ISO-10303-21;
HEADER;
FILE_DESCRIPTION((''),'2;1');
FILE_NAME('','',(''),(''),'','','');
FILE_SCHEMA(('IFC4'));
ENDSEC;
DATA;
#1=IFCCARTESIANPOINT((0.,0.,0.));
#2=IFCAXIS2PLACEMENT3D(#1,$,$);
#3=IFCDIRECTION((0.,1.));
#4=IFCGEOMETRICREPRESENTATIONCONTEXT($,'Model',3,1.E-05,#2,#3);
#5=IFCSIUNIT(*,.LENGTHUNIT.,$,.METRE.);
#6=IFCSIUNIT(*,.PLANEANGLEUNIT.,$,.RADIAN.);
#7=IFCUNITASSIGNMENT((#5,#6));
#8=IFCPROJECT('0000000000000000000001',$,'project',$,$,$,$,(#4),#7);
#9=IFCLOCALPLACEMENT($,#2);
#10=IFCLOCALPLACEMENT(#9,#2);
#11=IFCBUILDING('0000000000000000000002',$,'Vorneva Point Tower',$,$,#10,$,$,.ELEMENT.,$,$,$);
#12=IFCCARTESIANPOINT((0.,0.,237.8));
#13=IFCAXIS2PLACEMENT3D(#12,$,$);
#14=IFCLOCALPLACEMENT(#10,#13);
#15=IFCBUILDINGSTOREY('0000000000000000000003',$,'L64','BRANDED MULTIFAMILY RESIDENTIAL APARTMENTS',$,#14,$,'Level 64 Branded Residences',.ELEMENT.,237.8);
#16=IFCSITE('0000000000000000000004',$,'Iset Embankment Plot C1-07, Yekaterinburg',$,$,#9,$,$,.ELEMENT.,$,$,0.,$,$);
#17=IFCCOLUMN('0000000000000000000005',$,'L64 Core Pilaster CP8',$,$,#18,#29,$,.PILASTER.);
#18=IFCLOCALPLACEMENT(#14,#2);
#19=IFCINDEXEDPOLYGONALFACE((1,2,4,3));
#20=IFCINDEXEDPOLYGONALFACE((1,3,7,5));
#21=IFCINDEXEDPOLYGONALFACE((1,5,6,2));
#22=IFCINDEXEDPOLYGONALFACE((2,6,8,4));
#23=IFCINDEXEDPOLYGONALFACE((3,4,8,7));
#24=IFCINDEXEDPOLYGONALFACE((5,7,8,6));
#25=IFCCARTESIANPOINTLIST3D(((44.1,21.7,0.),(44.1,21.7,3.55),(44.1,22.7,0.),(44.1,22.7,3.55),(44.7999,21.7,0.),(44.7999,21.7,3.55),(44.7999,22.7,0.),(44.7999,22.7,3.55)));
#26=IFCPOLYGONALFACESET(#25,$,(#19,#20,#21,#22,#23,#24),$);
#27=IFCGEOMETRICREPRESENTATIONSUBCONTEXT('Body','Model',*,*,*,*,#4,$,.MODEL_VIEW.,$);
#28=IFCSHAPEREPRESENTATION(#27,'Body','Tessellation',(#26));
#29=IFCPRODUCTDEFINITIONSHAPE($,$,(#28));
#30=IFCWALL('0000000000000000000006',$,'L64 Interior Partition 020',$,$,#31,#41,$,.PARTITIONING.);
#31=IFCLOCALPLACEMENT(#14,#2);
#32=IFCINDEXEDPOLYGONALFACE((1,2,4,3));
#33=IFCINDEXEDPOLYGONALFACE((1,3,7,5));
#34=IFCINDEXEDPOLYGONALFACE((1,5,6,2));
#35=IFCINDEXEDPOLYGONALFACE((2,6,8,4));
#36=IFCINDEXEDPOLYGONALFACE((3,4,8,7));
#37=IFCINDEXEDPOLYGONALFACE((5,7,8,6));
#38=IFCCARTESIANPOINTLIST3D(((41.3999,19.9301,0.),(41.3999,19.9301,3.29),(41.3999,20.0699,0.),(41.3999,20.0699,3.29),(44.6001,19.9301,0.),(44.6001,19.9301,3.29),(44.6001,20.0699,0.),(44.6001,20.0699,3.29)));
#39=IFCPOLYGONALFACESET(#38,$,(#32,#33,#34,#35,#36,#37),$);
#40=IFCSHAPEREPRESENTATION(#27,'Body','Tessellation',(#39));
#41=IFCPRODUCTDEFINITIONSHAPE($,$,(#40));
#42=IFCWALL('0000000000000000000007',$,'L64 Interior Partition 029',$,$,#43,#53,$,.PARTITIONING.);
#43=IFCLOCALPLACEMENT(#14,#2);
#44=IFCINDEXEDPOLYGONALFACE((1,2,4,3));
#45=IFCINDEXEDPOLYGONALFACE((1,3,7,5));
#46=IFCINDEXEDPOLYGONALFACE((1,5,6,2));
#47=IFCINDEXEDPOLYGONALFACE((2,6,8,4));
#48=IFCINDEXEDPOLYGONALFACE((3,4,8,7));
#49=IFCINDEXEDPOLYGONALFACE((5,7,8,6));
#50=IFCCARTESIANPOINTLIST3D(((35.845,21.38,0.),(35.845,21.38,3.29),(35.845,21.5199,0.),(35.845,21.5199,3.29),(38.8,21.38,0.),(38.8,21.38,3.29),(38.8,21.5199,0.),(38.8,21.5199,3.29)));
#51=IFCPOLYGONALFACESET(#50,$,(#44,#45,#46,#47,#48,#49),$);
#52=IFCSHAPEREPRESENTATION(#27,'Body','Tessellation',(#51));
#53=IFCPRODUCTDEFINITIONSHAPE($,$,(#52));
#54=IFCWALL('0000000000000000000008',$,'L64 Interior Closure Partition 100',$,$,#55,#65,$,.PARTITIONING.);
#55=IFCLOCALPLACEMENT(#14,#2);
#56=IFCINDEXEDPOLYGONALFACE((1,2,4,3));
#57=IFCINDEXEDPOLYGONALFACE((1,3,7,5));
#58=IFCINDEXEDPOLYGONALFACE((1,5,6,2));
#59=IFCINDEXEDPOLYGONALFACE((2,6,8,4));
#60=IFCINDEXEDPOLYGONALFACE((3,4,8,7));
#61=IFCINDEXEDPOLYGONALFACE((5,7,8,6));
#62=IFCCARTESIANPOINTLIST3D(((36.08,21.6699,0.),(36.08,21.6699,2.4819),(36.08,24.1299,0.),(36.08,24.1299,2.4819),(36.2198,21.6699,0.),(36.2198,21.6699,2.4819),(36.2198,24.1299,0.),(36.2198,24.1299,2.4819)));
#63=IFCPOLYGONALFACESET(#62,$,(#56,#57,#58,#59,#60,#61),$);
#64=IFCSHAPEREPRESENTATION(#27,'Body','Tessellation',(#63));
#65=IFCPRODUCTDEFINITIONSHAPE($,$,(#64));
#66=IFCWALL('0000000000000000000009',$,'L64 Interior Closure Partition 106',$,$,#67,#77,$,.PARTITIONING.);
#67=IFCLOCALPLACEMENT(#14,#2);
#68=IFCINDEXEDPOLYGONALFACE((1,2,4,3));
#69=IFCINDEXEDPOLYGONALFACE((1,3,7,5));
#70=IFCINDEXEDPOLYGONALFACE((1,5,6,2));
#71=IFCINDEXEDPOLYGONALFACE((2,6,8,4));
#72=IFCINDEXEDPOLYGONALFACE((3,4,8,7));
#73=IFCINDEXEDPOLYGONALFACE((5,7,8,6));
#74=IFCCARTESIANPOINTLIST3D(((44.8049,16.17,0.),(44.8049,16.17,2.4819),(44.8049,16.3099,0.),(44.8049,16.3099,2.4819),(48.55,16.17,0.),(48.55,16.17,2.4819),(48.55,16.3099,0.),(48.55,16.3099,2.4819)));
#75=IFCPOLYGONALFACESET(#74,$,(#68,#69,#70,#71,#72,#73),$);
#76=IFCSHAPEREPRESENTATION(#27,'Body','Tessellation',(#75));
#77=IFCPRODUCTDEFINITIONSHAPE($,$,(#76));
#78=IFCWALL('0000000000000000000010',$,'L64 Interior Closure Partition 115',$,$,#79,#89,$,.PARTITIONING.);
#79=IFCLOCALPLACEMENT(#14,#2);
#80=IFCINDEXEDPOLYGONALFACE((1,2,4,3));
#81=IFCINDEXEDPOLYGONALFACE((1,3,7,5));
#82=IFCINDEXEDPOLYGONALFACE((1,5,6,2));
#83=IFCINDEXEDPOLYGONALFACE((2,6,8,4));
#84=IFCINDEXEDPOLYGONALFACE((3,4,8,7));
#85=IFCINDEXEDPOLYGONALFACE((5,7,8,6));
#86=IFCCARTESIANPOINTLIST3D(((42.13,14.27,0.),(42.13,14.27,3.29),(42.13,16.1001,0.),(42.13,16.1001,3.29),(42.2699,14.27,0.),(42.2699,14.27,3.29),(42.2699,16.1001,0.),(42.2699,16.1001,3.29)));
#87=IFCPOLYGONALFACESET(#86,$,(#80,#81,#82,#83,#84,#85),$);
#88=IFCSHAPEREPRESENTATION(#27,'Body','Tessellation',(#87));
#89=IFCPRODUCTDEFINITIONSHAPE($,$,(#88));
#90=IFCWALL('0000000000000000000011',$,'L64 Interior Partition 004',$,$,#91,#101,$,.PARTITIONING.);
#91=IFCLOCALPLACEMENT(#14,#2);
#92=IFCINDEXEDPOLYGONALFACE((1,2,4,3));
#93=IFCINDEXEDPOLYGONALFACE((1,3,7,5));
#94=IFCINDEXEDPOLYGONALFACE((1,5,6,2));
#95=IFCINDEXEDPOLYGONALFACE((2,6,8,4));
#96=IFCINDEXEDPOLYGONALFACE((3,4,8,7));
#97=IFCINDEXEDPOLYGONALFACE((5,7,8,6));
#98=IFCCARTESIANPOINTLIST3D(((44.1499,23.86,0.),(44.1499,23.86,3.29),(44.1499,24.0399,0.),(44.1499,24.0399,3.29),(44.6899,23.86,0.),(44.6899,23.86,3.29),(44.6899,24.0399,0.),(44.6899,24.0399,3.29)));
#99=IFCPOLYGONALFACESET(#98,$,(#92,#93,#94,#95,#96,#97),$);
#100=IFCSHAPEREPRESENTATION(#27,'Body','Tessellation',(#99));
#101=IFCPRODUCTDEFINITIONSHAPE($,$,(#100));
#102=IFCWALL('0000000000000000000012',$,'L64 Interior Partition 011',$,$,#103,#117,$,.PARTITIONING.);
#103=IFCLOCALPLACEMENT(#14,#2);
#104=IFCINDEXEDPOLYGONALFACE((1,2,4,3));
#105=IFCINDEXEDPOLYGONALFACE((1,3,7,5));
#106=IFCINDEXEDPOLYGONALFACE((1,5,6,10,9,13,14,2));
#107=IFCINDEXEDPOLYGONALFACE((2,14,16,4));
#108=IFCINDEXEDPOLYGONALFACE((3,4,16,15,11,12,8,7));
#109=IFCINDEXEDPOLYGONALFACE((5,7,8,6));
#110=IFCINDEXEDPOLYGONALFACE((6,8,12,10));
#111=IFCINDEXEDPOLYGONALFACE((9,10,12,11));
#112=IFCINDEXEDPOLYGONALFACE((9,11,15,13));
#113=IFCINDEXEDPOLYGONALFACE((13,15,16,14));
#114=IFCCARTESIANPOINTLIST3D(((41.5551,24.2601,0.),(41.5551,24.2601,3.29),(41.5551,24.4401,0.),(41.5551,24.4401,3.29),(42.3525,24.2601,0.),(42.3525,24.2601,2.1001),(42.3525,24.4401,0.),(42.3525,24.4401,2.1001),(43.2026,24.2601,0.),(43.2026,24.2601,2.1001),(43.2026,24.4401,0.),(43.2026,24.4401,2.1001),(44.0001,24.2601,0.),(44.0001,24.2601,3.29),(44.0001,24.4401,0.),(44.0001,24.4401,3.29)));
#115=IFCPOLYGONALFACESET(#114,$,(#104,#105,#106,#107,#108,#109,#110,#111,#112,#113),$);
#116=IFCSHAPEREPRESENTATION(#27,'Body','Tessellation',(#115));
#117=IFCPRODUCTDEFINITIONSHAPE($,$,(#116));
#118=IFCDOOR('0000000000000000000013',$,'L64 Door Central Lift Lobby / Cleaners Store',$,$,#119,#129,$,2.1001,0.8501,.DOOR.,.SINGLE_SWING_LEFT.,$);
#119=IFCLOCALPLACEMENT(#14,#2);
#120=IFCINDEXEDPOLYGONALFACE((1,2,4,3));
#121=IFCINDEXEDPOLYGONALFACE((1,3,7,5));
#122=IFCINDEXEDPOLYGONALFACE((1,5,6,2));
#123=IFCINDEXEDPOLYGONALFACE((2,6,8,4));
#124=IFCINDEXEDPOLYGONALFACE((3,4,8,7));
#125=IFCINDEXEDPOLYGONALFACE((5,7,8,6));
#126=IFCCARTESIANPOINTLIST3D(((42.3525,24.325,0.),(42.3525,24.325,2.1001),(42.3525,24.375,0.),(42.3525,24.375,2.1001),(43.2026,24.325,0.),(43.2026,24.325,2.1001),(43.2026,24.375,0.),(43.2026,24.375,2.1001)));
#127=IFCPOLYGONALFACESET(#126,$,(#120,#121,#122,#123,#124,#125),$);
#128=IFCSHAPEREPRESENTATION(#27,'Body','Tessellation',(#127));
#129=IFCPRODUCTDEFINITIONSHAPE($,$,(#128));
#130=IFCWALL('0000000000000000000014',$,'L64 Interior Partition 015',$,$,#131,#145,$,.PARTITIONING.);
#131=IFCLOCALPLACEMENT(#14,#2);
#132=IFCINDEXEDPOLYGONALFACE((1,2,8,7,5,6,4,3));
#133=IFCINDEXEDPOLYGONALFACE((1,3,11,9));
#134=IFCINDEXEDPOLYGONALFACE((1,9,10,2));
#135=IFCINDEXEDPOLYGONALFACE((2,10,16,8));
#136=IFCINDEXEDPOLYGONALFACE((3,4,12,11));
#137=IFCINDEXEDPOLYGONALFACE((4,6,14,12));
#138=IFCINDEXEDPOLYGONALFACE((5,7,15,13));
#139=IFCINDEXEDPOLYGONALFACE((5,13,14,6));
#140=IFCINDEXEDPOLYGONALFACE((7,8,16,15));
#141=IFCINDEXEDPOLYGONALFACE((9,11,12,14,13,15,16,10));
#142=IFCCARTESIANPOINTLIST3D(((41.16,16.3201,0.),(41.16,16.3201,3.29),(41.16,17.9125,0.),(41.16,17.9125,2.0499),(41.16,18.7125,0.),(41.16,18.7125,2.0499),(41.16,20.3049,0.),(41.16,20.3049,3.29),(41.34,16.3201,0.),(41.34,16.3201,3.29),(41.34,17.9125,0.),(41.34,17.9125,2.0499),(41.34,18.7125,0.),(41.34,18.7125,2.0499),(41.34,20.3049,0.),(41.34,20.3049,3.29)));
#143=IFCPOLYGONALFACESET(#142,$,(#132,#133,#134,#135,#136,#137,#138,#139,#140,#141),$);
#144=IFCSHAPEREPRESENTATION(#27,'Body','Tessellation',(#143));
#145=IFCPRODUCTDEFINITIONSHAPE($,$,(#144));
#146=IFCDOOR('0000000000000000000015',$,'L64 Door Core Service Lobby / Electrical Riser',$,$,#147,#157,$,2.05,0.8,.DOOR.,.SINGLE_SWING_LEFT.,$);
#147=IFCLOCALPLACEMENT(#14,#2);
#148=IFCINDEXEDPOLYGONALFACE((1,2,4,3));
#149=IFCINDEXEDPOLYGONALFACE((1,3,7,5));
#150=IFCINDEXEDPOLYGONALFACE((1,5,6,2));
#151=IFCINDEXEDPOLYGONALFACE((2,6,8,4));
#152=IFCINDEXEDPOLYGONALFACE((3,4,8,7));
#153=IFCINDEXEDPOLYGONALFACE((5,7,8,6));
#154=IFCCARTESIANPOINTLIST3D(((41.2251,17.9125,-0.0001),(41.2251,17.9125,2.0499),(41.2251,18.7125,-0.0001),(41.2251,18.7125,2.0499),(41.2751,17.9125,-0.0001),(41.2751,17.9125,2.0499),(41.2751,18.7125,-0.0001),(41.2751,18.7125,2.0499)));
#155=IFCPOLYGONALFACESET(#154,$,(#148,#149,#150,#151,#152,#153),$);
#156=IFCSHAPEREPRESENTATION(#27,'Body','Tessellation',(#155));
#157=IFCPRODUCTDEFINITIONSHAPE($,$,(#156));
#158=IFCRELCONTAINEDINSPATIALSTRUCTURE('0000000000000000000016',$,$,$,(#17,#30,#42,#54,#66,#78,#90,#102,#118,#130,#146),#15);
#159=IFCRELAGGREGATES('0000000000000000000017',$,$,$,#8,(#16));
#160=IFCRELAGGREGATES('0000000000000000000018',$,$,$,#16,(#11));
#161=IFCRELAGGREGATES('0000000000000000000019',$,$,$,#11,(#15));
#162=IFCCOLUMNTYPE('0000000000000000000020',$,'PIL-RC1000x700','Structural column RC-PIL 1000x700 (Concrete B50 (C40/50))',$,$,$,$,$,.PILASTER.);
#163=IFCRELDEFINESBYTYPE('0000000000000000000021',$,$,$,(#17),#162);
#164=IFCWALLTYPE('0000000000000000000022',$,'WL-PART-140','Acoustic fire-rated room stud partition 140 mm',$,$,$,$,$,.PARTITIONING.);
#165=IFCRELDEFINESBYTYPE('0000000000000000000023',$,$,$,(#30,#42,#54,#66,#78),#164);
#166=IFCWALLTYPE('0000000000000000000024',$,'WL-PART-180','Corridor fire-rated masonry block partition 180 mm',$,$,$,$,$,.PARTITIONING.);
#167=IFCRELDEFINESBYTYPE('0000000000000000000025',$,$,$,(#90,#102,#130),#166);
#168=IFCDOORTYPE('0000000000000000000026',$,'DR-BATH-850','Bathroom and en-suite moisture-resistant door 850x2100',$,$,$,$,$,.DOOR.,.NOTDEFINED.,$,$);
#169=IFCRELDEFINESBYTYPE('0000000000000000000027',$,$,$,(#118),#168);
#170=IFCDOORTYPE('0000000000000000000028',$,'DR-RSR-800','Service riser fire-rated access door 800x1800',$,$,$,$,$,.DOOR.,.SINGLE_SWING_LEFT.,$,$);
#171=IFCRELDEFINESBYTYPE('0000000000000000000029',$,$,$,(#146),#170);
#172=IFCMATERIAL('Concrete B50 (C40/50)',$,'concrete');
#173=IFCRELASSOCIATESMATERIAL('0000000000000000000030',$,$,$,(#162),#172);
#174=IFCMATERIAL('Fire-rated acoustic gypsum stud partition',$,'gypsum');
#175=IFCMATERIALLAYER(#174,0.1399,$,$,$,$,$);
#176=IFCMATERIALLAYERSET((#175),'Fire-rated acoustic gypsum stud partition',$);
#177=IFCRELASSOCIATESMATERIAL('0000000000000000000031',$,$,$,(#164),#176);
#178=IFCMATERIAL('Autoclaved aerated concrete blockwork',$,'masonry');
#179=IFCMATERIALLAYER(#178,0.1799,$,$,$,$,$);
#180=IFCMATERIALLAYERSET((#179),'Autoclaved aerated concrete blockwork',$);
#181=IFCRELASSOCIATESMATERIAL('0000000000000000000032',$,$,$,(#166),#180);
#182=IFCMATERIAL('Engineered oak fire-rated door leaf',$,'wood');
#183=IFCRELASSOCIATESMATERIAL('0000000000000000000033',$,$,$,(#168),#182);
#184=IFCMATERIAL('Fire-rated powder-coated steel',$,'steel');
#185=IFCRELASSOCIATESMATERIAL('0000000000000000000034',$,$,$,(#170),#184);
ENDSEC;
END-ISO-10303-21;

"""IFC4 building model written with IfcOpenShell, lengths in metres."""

from ifc_helpers import new_model, si_unit, direction, frame, frame_2d, origin, origin_2d, place, context, subcontext, project, spatial, rectangle, extrude, material, layer, layer_set, material_profile, profile_set, type_object, element, fill, save


model = new_model("IFC4")

# Units and contexts
model_context = context("Model", 3, precision=1e-05, world=origin(), true_north=direction((0.0, 1.0)))
body_context = subcontext(model_context, "Body", "Model", "MODEL_VIEW")
ifc_project = project(units=[si_unit("LENGTHUNIT", "METRE"), si_unit("PLANEANGLEUNIT", "RADIAN")], contexts=[model_context])

# Site, building, storey
site_placement = place(None, origin())
site = spatial("IfcSite", under=ifc_project, at=site_placement, Name="Iset Embankment Plot C1-07, Yekaterinburg", CompositionType="ELEMENT", RefElevation=0.0)
building_placement = place(site_placement, origin())
building = spatial("IfcBuilding", under=site, at=building_placement, Name="Vorneva Point Tower", CompositionType="ELEMENT")
storey_placement = place(building_placement, frame((0.0, 0.0, 237.8)))
storey = spatial("IfcBuildingStorey", under=building, at=storey_placement, Name="L64", Description="BRANDED MULTIFAMILY RESIDENTIAL APARTMENTS", LongName="Level 64 Branded Residences", CompositionType="ELEMENT", Elevation=237.8)

# Column
ifc_material_1 = material(Name="Concrete B50 (C40/50)", Category="concrete")
ifc_material_profile = material_profile(ifc_material_1, rectangle(XDim=0.7, YDim=1.0, at=origin_2d()), Name="RC-PIL 1000x700")
ifc_profile_set = profile_set([ifc_material_profile], Name="Concrete B50 (C40/50)")
column_type = type_object("IfcColumnType", Name="PIL-RC1000x700", Description="Structural column RC-PIL 1000x700 (Concrete B50 (C40/50))", PredefinedType="PILASTER", material=ifc_profile_set)
column_placement = place(storey_placement, frame((44.45, 22.2, 0.0), z_axis=(0.0, 0.0, 1.0), x_axis=(1.0, 0.0, 0.0)))
element("IfcColumn", 1, at=column_placement, inside=storey, type_object=column_type, Name="L64 Core Pilaster CP8", PredefinedType="PILASTER", context=body_context, shape_type="SweptSolid", body=[
    extrude(rectangle(XDim=0.7, YDim=1.0, at=origin_2d()), origin(), (0.0, 0.0, 1.0), 3.55),
])

# Walls
ifc_material_2 = material(Name="Fire-rated acoustic gypsum stud partition", Category="gypsum")
ifc_layer_1 = layer(ifc_material_2, 0.1399)
ifc_layer_set_1 = layer_set([ifc_layer_1], Name="Fire-rated acoustic gypsum stud partition")
wall_type_1 = type_object("IfcWallType", Name="WL-PART-140", Description="Acoustic fire-rated room stud partition 140 mm", PredefinedType="PARTITIONING", material=ifc_layer_set_1)
wall_1_placement = place(storey_placement, frame((44.6001, 20.0, 0.0), z_axis=(0.0, 0.0, 1.0), x_axis=(-1.0, 0.0, 0.0)))
element("IfcWall", 2, at=wall_1_placement, inside=storey, type_object=wall_type_1, Name="L64 Interior Partition 020", PredefinedType="PARTITIONING", context=body_context, shape_type="SweptSolid", body=[
    extrude(rectangle(XDim=3.2002, YDim=0.1399, at=frame_2d((1.6001, 0.0))), origin(), (0.0, 0.0, 1.0), 3.29),
])
wall_2_placement = place(storey_placement, frame((38.8, 21.45, 0.0), z_axis=(0.0, 0.0, 1.0), x_axis=(-1.0, 0.0, 0.0)))
element("IfcWall", 3, at=wall_2_placement, inside=storey, type_object=wall_type_1, Name="L64 Interior Partition 029", PredefinedType="PARTITIONING", context=body_context, shape_type="SweptSolid", body=[
    extrude(rectangle(XDim=2.9551, YDim=0.1399, at=frame_2d((1.4775, 0.0))), origin(), (0.0, 0.0, 1.0), 3.29),
])
wall_3_placement = place(storey_placement, frame((36.1499, 24.1299, 0.0), z_axis=(0.0, 0.0, 1.0), x_axis=(0.0, -1.0, 0.0)))
element("IfcWall", 4, at=wall_3_placement, inside=storey, type_object=wall_type_1, Name="L64 Interior Closure Partition 100", PredefinedType="PARTITIONING", context=body_context, shape_type="SweptSolid", body=[
    extrude(rectangle(XDim=2.46, YDim=0.1399, at=frame_2d((1.23, 0.0))), origin(), (0.0, 0.0, 1.0), 2.4819),
])
wall_4_placement = place(storey_placement, frame((44.8049, 16.24, 0.0), z_axis=(0.0, 0.0, 1.0), x_axis=(1.0, 0.0, 0.0)))
element("IfcWall", 5, at=wall_4_placement, inside=storey, type_object=wall_type_1, Name="L64 Interior Closure Partition 106", PredefinedType="PARTITIONING", context=body_context, shape_type="SweptSolid", body=[
    extrude(rectangle(XDim=3.7451, YDim=0.1399, at=frame_2d((1.8726, 0.0))), origin(), (0.0, 0.0, 1.0), 2.4819),
])
wall_5_placement = place(storey_placement, frame((42.2, 16.1001, 0.0), z_axis=(0.0, 0.0, 1.0), x_axis=(0.0, -1.0, 0.0)))
element("IfcWall", 6, at=wall_5_placement, inside=storey, type_object=wall_type_1, Name="L64 Interior Closure Partition 115", PredefinedType="PARTITIONING", context=body_context, shape_type="SweptSolid", body=[
    extrude(rectangle(XDim=1.8301, YDim=0.1399, at=frame_2d((0.915, 0.0))), origin(), (0.0, 0.0, 1.0), 3.29),
])
ifc_material_3 = material(Name="Autoclaved aerated concrete blockwork", Category="masonry")
ifc_layer_2 = layer(ifc_material_3, 0.1799)
ifc_layer_set_2 = layer_set([ifc_layer_2], Name="Autoclaved aerated concrete blockwork")
wall_type_2 = type_object("IfcWallType", Name="WL-PART-180", Description="Corridor fire-rated masonry block partition 180 mm", PredefinedType="PARTITIONING", material=ifc_layer_set_2)
wall_6_placement = place(storey_placement, frame((44.1499, 23.95, 0.0), z_axis=(0.0, 0.0, 1.0), x_axis=(1.0, 0.0, 0.0)))
element("IfcWall", 7, at=wall_6_placement, inside=storey, type_object=wall_type_2, Name="L64 Interior Partition 004", PredefinedType="PARTITIONING", context=body_context, shape_type="SweptSolid", body=[
    extrude(rectangle(XDim=0.54, YDim=0.1799, at=frame_2d((0.27, 0.0))), origin(), (0.0, 0.0, 1.0), 3.29),
])

# Walls, openings, doors
ifc_material_4 = material(Name="Fire-rated powder-coated steel", Category="steel")
wall_7_placement = place(storey_placement, frame((41.5549, 24.3501, 0.0), z_axis=(0.0, 0.0, 1.0), x_axis=(1.0, 0.0, 0.0)))
wall_7 = element("IfcWall", 8, at=wall_7_placement, inside=storey, type_object=wall_type_2, Name="L64 Interior Partition 011", PredefinedType="PARTITIONING", context=body_context, shape_type="SweptSolid", body=[
    extrude(rectangle(XDim=2.4451, YDim=0.1799, at=frame_2d((1.2227, 0.0))), origin(), (0.0, 0.0, 1.0), 3.29),
])
opening_1_placement = place(wall_7_placement, frame((0.7976, 0.0, 0.0)))
opening_1 = element("IfcOpeningElement", 9, at=opening_1_placement, cuts=wall_7, PredefinedType="OPENING", context=body_context, shape_type="SweptSolid", body=[
    extrude(rectangle(XDim=0.8501, YDim=2.1001, at=frame_2d((0.425, 1.05))), frame((0.0, 0.105, 0.0), z_axis=(0.0, -1.0, 0.0), x_axis=(1.0, 0.0, 0.0)), (0.0, 0.0, 1.0), 0.2097),
])
ifc_material_5 = material(Name="Engineered oak fire-rated door leaf", Category="wood")
door_type_1 = type_object("IfcDoorType", Name="DR-BATH-850", Description="Bathroom and en-suite moisture-resistant door 850x2100", OperationType="NOTDEFINED", PredefinedType="DOOR", material=ifc_material_5)
door_1_placement = place(opening_1_placement, origin())
door_1 = element("IfcDoor", 10, at=door_1_placement, inside=storey, type_object=door_type_1, Name="L64 Door Central Lift Lobby / Cleaners Store", OperationType="SINGLE_SWING_LEFT", OverallHeight=2.1001, OverallWidth=0.8501, PredefinedType="DOOR", context=body_context, shape_type="SweptSolid", body=[
    extrude(rectangle(XDim=0.8501, YDim=2.1001, at=frame_2d((0.425, 1.05))), frame((0.0, 0.0249, 0.0), z_axis=(0.0, -1.0, 0.0), x_axis=(1.0, 0.0, 0.0)), (0.0, 0.0, 1.0), 0.05),
])
fill(opening_1, door_1)
wall_8_placement = place(storey_placement, frame((41.25, 16.3201, 0.0), z_axis=(0.0, 0.0, 1.0), x_axis=(0.0, 1.0, 0.0)))
wall_8 = element("IfcWall", 11, at=wall_8_placement, inside=storey, type_object=wall_type_2, Name="L64 Interior Partition 015", PredefinedType="PARTITIONING", context=body_context, shape_type="SweptSolid", body=[
    extrude(rectangle(XDim=3.9849, YDim=0.1799, at=frame_2d((1.9924, 0.0))), origin(), (0.0, 0.0, 1.0), 3.29),
])
opening_2_placement = place(wall_8_placement, frame((1.5925, 0.0, 0.0)))
opening_2 = element("IfcOpeningElement", 12, at=opening_2_placement, cuts=wall_8, PredefinedType="OPENING", context=body_context, shape_type="SweptSolid", body=[
    extrude(rectangle(XDim=0.8, YDim=2.05, at=frame_2d((0.3999, 1.0249))), frame((0.0, 0.105, 0.0), z_axis=(0.0, -1.0, 0.0), x_axis=(1.0, 0.0, 0.0)), (0.0, 0.0, 1.0), 0.2097),
])
door_type_2 = type_object("IfcDoorType", Name="DR-RSR-800", Description="Service riser fire-rated access door 800x1800", OperationType="SINGLE_SWING_LEFT", PredefinedType="DOOR", material=ifc_material_4)
door_2_placement = place(opening_2_placement, origin())
door_2 = element("IfcDoor", 13, at=door_2_placement, inside=storey, type_object=door_type_2, Name="L64 Door Core Service Lobby / Electrical Riser", OperationType="SINGLE_SWING_LEFT", OverallHeight=2.05, OverallWidth=0.8, PredefinedType="DOOR", context=body_context, shape_type="SweptSolid", body=[
    extrude(rectangle(XDim=0.8, YDim=2.05, at=frame_2d((0.3999, 1.0249))), frame((0.0, 0.0249, 0.0), z_axis=(0.0, -1.0, 0.0), x_axis=(1.0, 0.0, 0.0)), (0.0, 0.0, 1.0), 0.05),
])
fill(opening_2, door_2)

save(model, "model.ifc")
